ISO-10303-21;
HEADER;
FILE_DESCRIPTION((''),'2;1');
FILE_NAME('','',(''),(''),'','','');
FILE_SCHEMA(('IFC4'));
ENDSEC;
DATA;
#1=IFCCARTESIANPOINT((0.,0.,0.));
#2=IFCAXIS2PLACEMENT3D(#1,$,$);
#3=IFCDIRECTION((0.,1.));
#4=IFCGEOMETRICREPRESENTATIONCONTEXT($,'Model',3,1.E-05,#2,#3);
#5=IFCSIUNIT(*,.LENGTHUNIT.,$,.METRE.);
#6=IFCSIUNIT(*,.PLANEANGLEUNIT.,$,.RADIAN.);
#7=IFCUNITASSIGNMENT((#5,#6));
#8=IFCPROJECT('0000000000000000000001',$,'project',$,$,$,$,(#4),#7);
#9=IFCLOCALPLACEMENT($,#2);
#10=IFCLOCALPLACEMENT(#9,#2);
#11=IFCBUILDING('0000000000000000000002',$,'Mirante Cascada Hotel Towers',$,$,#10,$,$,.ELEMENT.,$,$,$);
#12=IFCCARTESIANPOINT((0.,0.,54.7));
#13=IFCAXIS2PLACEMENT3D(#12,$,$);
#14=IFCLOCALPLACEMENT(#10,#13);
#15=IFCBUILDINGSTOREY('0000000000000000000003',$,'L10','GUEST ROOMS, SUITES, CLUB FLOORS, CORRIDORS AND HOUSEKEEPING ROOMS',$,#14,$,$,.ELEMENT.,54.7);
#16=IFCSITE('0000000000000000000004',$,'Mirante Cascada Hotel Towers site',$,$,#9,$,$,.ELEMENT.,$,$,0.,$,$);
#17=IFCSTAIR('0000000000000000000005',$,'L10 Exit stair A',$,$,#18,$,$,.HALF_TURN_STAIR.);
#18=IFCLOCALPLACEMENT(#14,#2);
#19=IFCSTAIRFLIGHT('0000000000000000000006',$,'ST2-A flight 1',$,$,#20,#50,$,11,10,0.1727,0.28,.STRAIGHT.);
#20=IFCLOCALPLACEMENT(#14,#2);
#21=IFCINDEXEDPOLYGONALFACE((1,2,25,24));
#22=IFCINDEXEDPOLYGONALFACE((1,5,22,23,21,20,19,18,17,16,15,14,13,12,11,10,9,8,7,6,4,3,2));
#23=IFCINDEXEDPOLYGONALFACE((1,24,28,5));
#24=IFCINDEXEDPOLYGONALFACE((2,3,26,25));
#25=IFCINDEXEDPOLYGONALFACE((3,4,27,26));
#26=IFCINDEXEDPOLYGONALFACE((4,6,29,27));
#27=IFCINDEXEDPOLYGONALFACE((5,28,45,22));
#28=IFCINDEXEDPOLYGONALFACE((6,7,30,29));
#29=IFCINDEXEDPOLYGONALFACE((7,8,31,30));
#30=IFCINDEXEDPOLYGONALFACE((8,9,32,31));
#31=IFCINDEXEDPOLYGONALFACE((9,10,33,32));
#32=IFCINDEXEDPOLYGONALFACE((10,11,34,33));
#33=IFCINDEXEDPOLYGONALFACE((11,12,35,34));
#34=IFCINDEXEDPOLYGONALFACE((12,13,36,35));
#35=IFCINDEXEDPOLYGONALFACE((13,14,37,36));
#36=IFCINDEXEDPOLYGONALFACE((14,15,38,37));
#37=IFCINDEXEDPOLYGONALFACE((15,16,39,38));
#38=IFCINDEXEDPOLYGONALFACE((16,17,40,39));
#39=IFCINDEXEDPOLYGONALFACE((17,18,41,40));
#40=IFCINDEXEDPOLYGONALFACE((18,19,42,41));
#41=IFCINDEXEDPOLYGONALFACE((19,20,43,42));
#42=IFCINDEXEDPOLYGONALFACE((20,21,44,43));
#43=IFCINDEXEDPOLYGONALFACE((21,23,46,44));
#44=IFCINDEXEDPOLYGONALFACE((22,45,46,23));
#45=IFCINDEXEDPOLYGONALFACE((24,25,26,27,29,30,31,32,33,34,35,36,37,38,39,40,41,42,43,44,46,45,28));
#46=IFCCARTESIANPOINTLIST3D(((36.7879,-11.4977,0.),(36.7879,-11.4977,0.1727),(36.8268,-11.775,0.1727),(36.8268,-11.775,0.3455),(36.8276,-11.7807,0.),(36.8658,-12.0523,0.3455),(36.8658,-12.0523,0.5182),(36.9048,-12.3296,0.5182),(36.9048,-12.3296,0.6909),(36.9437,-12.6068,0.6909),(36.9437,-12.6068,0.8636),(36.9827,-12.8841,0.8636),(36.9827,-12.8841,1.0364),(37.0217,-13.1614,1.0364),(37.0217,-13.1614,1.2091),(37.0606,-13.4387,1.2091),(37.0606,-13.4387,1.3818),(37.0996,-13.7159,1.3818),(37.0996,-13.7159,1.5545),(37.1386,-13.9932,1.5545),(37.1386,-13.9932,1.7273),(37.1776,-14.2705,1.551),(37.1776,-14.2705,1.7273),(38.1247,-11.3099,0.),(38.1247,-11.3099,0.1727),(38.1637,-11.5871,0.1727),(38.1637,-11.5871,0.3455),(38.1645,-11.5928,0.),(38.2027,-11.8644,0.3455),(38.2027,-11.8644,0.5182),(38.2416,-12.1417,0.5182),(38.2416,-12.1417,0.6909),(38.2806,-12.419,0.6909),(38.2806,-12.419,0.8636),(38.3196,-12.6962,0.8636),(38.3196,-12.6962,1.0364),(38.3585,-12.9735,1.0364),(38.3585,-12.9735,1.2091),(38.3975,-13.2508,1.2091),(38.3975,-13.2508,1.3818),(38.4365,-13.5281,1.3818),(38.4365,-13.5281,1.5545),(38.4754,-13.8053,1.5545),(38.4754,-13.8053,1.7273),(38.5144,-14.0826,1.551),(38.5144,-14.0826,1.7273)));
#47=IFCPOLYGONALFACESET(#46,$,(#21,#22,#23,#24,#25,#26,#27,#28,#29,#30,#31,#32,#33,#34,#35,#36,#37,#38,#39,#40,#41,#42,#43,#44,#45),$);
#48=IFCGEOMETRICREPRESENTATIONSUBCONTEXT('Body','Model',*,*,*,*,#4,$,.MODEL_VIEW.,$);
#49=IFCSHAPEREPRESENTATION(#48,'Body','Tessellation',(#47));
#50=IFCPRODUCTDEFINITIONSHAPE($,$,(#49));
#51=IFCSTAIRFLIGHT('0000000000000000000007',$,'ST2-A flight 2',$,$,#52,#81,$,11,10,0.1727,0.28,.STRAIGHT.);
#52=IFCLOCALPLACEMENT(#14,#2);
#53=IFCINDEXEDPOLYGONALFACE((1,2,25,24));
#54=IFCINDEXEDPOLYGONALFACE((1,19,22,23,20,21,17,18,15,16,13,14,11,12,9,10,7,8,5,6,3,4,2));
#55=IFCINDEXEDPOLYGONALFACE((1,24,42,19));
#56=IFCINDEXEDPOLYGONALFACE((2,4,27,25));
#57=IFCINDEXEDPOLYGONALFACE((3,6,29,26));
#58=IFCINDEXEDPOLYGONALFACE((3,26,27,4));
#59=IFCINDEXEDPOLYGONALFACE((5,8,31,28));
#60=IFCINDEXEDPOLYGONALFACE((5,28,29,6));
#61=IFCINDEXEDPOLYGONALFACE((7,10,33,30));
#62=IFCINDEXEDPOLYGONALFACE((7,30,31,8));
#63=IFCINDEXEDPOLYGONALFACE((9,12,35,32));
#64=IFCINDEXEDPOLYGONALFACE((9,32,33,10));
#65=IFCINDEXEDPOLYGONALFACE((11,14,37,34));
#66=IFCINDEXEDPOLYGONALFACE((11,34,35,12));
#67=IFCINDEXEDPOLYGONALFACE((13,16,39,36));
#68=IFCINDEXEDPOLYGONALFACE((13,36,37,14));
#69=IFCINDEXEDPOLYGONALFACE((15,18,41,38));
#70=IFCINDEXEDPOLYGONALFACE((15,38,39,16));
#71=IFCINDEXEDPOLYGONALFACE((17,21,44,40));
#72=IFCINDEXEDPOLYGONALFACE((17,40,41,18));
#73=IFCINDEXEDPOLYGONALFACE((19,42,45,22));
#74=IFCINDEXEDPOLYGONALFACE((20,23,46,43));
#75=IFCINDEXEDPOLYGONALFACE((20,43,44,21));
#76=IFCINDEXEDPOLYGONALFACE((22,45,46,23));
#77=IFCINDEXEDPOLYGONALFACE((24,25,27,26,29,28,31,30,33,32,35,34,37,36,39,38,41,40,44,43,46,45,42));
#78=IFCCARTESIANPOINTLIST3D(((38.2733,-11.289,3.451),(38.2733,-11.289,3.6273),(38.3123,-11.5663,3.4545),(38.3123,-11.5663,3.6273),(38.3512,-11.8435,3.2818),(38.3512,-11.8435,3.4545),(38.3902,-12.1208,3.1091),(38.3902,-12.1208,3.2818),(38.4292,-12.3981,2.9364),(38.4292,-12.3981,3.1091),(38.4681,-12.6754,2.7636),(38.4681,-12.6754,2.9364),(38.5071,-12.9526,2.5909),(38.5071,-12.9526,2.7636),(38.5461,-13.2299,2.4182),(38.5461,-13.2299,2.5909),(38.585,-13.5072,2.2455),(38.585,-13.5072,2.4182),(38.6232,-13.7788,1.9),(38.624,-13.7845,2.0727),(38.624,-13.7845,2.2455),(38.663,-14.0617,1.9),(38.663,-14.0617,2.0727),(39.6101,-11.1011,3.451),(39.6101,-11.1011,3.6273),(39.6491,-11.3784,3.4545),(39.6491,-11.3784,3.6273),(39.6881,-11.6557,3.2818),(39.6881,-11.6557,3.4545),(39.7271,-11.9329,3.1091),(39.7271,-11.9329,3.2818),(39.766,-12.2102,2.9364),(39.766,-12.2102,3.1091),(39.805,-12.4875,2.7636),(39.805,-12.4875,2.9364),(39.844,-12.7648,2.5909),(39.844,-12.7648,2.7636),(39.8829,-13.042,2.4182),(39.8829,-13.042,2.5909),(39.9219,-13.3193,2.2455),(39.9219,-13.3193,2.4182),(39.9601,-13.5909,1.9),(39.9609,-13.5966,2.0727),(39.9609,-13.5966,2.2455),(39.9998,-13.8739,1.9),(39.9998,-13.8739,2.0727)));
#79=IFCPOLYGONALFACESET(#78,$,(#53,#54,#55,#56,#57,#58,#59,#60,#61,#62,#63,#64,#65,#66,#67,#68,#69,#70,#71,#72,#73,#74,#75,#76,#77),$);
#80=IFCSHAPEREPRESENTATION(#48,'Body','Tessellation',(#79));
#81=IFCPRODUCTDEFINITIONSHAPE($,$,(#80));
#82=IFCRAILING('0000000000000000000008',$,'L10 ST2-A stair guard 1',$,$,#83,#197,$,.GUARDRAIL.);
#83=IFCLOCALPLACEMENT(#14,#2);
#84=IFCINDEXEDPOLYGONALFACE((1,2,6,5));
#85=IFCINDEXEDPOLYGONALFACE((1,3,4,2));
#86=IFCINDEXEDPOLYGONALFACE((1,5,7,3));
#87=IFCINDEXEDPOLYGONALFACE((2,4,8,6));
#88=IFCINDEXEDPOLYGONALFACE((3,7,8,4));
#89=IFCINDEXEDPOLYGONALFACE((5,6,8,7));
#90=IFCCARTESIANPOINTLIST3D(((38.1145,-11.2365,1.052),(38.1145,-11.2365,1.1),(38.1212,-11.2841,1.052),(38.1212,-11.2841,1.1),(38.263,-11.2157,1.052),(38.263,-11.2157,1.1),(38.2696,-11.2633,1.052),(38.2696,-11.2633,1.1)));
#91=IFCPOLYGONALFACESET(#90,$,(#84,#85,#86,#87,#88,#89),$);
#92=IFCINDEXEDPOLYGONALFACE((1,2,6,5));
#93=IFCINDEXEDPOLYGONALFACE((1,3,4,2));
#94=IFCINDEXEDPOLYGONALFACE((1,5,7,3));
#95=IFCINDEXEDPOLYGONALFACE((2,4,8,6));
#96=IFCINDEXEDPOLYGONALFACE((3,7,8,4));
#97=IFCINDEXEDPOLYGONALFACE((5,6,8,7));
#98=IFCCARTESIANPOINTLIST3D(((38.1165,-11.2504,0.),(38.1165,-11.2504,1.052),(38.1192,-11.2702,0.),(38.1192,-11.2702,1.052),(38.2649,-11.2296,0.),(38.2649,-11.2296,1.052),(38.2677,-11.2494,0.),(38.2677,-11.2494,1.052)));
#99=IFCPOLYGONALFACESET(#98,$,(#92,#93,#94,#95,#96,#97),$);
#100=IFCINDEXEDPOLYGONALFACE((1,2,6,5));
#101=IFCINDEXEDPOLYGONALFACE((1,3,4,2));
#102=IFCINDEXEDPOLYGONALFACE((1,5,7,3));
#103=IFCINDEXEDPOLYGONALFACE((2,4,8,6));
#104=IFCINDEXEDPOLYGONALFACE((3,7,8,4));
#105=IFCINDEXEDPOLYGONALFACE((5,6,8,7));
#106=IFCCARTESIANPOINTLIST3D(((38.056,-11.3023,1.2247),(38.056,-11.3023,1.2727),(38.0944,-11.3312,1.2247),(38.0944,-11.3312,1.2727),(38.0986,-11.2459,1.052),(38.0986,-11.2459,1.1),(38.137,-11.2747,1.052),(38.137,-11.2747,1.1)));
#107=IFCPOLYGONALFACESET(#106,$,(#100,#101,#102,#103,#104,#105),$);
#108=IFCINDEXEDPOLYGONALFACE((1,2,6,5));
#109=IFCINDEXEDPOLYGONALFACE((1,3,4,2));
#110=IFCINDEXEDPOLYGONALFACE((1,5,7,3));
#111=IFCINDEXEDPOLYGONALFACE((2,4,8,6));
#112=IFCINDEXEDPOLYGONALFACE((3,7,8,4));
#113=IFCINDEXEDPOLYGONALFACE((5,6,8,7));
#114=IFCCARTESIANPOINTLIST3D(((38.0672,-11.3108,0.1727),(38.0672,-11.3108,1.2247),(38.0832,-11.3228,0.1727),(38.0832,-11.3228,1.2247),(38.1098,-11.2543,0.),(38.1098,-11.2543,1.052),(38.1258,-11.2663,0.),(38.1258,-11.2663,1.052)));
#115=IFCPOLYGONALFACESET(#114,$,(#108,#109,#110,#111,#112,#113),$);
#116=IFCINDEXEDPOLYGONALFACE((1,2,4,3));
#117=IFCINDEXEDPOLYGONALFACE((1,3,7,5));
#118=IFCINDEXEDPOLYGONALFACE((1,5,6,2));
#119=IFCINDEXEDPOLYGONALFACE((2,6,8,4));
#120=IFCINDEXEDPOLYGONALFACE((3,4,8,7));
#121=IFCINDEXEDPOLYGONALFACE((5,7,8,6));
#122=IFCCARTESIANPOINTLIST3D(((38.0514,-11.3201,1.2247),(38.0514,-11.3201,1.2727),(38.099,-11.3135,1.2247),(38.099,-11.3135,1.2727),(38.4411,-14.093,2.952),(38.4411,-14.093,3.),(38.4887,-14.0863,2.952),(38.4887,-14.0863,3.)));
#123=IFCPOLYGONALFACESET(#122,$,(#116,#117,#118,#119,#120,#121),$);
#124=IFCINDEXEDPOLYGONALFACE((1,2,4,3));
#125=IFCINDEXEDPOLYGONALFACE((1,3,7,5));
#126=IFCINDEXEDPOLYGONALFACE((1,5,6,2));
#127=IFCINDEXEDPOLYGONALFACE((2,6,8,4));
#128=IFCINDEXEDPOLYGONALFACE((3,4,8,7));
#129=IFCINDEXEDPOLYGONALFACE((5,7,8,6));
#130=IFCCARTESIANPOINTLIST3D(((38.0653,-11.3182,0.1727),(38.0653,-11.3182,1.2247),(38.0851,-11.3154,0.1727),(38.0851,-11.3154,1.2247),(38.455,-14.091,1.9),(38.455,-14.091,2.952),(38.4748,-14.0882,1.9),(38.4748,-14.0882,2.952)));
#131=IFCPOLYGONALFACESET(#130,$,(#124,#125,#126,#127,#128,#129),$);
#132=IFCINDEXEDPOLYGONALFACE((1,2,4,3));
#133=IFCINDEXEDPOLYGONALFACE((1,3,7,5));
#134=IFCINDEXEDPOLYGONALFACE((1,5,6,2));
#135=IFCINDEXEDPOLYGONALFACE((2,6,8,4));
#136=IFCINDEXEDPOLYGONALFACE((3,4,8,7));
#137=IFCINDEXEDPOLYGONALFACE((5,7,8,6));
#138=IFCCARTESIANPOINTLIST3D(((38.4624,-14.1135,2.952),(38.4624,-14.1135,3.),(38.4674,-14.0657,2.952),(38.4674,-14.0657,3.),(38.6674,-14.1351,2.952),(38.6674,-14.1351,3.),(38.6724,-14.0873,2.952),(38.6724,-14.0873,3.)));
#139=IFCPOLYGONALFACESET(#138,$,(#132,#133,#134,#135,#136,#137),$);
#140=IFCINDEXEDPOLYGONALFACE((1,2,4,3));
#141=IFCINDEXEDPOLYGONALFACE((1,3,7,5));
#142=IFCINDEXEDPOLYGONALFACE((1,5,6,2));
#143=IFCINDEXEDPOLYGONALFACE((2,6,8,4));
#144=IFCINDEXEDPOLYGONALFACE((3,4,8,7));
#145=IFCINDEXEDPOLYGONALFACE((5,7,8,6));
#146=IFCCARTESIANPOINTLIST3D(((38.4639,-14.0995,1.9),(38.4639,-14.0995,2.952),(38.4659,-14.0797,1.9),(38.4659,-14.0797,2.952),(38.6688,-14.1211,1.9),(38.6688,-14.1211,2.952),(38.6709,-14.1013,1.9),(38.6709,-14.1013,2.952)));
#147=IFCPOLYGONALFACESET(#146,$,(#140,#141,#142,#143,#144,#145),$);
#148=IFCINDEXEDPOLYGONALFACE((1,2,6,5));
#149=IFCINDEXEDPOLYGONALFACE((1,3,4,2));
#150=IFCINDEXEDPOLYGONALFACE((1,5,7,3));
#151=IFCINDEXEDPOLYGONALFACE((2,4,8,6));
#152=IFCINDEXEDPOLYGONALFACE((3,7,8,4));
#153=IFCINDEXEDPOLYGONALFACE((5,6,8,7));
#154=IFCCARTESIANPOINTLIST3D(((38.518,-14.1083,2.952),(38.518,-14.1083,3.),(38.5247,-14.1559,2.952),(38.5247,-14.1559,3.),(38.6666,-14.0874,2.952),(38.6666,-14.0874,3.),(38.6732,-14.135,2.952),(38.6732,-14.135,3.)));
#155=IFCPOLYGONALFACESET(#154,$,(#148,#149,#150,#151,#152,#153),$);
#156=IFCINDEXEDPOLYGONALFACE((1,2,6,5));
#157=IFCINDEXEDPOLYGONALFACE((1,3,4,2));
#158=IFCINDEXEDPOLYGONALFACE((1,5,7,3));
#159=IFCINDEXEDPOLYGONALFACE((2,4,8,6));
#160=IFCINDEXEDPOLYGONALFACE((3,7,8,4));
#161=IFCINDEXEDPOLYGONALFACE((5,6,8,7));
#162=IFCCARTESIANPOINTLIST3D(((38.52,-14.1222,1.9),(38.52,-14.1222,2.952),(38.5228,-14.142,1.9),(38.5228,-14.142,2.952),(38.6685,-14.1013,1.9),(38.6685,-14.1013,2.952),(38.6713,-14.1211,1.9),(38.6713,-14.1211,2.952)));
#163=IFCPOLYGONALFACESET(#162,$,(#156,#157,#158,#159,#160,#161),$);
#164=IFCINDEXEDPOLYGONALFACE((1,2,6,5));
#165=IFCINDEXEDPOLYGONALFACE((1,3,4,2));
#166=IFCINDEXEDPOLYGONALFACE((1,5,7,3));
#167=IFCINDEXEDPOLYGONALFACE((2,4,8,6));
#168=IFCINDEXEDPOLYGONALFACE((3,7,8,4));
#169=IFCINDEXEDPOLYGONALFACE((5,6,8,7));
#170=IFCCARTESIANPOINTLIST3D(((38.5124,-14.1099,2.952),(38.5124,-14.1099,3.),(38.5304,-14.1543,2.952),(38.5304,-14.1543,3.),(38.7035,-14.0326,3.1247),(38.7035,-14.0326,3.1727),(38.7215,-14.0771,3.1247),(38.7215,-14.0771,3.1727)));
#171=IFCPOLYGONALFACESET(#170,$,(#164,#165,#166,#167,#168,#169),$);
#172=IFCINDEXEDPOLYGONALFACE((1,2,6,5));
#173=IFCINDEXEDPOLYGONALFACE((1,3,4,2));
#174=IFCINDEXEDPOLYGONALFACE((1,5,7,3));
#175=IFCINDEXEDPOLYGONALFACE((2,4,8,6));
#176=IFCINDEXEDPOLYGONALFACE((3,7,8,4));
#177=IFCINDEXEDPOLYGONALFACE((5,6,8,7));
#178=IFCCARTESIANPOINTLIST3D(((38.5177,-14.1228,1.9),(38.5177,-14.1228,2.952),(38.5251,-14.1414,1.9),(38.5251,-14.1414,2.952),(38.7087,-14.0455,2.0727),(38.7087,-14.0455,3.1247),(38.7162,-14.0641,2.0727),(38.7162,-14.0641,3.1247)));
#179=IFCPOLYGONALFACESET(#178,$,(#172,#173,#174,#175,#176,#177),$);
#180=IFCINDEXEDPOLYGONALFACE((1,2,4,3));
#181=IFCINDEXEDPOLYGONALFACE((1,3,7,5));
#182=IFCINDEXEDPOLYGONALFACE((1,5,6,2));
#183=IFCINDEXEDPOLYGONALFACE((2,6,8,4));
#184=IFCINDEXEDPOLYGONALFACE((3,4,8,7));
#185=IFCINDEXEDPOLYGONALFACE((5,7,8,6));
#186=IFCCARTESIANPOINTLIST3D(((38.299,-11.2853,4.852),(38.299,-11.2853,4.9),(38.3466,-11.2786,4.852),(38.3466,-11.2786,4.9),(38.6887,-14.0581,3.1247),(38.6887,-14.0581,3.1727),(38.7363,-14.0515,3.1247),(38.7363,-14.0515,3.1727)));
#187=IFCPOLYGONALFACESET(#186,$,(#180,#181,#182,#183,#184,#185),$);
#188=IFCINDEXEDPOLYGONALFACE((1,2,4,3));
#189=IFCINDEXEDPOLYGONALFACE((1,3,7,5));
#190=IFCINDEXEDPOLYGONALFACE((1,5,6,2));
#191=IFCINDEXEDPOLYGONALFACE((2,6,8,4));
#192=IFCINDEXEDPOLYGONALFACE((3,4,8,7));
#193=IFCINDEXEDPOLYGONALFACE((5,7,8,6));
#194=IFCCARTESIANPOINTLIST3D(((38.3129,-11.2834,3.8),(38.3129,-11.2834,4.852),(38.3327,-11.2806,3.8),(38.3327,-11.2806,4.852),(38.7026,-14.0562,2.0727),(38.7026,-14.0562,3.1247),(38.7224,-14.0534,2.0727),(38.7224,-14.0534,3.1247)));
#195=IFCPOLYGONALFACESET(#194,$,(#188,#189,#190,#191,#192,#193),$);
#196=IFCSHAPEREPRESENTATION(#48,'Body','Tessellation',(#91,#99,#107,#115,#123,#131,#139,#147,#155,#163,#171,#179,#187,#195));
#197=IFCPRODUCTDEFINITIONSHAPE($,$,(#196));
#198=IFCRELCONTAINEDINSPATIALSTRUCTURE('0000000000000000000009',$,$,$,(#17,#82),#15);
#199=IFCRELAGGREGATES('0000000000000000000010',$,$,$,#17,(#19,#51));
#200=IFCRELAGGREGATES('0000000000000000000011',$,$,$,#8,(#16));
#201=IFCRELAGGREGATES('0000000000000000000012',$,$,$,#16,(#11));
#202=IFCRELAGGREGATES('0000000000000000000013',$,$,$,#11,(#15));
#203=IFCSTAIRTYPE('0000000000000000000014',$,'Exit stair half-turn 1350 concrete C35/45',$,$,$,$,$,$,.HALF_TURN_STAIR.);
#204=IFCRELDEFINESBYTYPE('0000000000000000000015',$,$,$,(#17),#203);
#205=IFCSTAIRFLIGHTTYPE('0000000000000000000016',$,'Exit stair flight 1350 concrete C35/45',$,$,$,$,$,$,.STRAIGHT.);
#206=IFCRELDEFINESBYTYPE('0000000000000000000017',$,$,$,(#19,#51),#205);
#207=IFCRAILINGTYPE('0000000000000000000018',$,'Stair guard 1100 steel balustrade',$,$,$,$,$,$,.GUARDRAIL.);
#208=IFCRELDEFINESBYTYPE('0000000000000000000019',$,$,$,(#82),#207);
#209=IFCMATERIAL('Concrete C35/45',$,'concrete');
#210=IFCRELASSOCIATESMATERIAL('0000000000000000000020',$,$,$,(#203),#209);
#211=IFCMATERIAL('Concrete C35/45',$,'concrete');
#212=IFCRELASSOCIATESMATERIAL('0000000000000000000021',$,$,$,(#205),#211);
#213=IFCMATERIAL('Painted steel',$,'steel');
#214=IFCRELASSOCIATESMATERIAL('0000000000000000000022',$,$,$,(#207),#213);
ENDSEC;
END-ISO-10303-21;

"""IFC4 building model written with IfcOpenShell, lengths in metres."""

from ifc_helpers import new_model, si_unit, direction, frame, origin, origin_2d, place, context, subcontext, project, spatial, polyline, rectangle, outline, extrude, material, type_object, element, aggregate, save


model = new_model("IFC4")

# Units and contexts
model_context = context("Model", 3, precision=1e-05, world=origin(), true_north=direction((0.0, 1.0)))
body_context = subcontext(model_context, "Body", "Model", "MODEL_VIEW")
ifc_project = project(units=[si_unit("LENGTHUNIT", "METRE"), si_unit("PLANEANGLEUNIT", "RADIAN")], contexts=[model_context])

# Site, building, storey
site_placement = place(None, origin())
site = spatial("IfcSite", under=ifc_project, at=site_placement, Name="Mirante Cascada Hotel Towers site", CompositionType="ELEMENT", RefElevation=0.0)
building_placement = place(site_placement, origin())
building = spatial("IfcBuilding", under=site, at=building_placement, Name="Mirante Cascada Hotel Towers", CompositionType="ELEMENT")
storey_placement = place(building_placement, frame((0.0, 0.0, 54.7)))
storey = spatial("IfcBuildingStorey", under=building, at=storey_placement, Name="L10", Description="GUEST ROOMS, SUITES, CLUB FLOORS, CORRIDORS AND HOUSEKEEPING ROOMS", CompositionType="ELEMENT", Elevation=54.7)

# Stair, stair flights
ifc_material_1 = material(Name="Concrete C35/45", Category="concrete")
stair_type = type_object("IfcStairType", Name="Exit stair half-turn 1350 concrete C35/45", PredefinedType="HALF_TURN_STAIR", material=ifc_material_1)
stair_placement = place(storey_placement, origin())
stair = element("IfcStair", 1, at=stair_placement, inside=storey, type_object=stair_type, Name="L10 Exit stair A", PredefinedType="HALF_TURN_STAIR")
ifc_material_2 = material(Name="Concrete C35/45", Category="concrete")
stair_flight_type = type_object("IfcStairFlightType", Name="Exit stair flight 1350 concrete C35/45", PredefinedType="STRAIGHT", material=ifc_material_2)
stair_flight_1_placement = place(storey_placement, frame((37.4563, -11.4038, 0.0), z_axis=(0.0, 0.0, 1.0), x_axis=(0.139173, -0.990268, 0.0)))
stair_flight_1 = element("IfcStairFlight", 2, at=stair_flight_1_placement, type_object=stair_flight_type, Name="ST2-A flight 1", NumberOfRisers=11, NumberOfTreads=10, PredefinedType="STRAIGHT", RiserHeight=0.1727, TreadLength=0.28, context=body_context, shape_type="SweptSolid", body=[
    extrude(outline(polyline([(0.0, 0.0), (0.0, 0.1727), (0.28, 0.1727), (0.28, 0.3455), (0.56, 0.3455), (0.56, 0.5182), (0.84, 0.5182), (0.84, 0.6909), (1.12, 0.6909), (1.12, 0.8636), (1.4, 0.8636), (1.4, 1.0364), (1.68, 1.0364), (1.68, 1.2091), (1.96, 1.2091), (1.96, 1.3818), (2.24, 1.3818), (2.24, 1.5545), (2.52, 1.5545), (2.52, 1.7273), (2.8, 1.7273), (2.8, 1.9), (2.8, 1.551), (0.2857, 0.0), (0.0, 0.0)])), frame((0.0, 0.675, 0.0), z_axis=(0.0, -1.0, 0.0), x_axis=(1.0, 0.0, 0.0)), (0.0, 0.0, 1.0), 1.35),
])
stair_flight_2_placement = place(storey_placement, frame((39.3314, -13.9678, 1.9), z_axis=(0.0, 0.0, 1.0), x_axis=(-0.139173, 0.990268, 0.0)))
stair_flight_2 = element("IfcStairFlight", 3, at=stair_flight_2_placement, type_object=stair_flight_type, Name="ST2-A flight 2", NumberOfRisers=11, NumberOfTreads=10, PredefinedType="STRAIGHT", RiserHeight=0.1727, TreadLength=0.28, context=body_context, shape_type="SweptSolid", body=[
    extrude(outline(polyline([(0.0, 0.0), (0.0, 0.1727), (0.28, 0.1727), (0.28, 0.3455), (0.56, 0.3455), (0.56, 0.5182), (0.84, 0.5182), (0.84, 0.6909), (1.12, 0.6909), (1.12, 0.8636), (1.4, 0.8636), (1.4, 1.0364), (1.68, 1.0364), (1.68, 1.2091), (1.96, 1.2091), (1.96, 1.3818), (2.24, 1.3818), (2.24, 1.5545), (2.52, 1.5545), (2.52, 1.7273), (2.8, 1.7273), (2.8, 1.9), (2.8, 1.551), (0.2857, 0.0), (0.0, 0.0)])), frame((0.0, 0.675, 0.0), z_axis=(0.0, -1.0, 0.0), x_axis=(1.0, 0.0, 0.0)), (0.0, 0.0, 1.0), 1.35),
])
aggregate(stair, [stair_flight_1, stair_flight_2])

# Railing
ifc_material_3 = material(Name="Painted steel", Category="steel")
railing_type = type_object("IfcRailingType", Name="Stair guard 1100 steel balustrade", PredefinedType="GUARDRAIL", material=ifc_material_3)
railing_placement = place(storey_placement, frame((38.2663, -11.2395, 0.0)))
element("IfcRailing", 4, at=railing_placement, inside=storey, type_object=railing_type, Name="L10 ST2-A stair guard 1", PredefinedType="GUARDRAIL", context=body_context, shape_type="SweptSolid", body=[
    extrude(rectangle(XDim=0.048, YDim=0.048, at=origin_2d()), frame((0.0, 0.0, 1.076), z_axis=(-0.990333, -0.138713, 0.0), x_axis=(0.138713, -0.990333, 0.0)), (0.0, 0.0, 1.0), 0.1499),
    extrude(rectangle(XDim=0.02, YDim=1.052, at=origin_2d()), frame((0.0, 0.0, 0.526), z_axis=(-0.990333, -0.138713, 0.0), x_axis=(0.138713, -0.990333, 0.0)), (0.0, 0.0, 1.0), 0.1499),
    extrude(rectangle(XDim=0.048, YDim=0.048, at=origin_2d()), frame((-0.1485, -0.0208, 1.076), z_axis=(-0.602033, -0.798471, 0.0), x_axis=(0.798471, -0.602033, 0.0)), (0.0, 0.92534, 0.379139), 0.1866),
    extrude(rectangle(XDim=0.02, YDim=1.052, at=origin_2d()), frame((-0.1485, -0.0208, 0.526), z_axis=(-0.602033, -0.798471, 0.0), x_axis=(0.798471, -0.602033, 0.0)), (0.0, 0.92534, 0.379139), 0.1866),
    extrude(rectangle(XDim=0.048, YDim=0.048, at=origin_2d()), frame((-0.1911, -0.0773, 1.2487), z_axis=(0.139176, -0.990268, 0.0), x_axis=(0.990268, 0.139176, 0.0)), (0.0, 0.525021, 0.851089), 3.29),
    extrude(rectangle(XDim=0.02, YDim=1.052, at=origin_2d()), frame((-0.1911, -0.0773, 0.6987), z_axis=(0.139176, -0.990268, 0.0), x_axis=(0.990268, 0.139176, 0.0)), (0.0, 0.525021, 0.851089), 3.29),
    extrude(rectangle(XDim=0.048, YDim=0.048, at=origin_2d()), frame((0.1986, -2.8501, 2.976), z_axis=(0.994495, -0.104786, 0.0), x_axis=(0.104786, 0.994495, 0.0)), (0.0, 0.0, 1.0), 0.2061),
    extrude(rectangle(XDim=0.02, YDim=1.052, at=origin_2d()), frame((0.1986, -2.8501, 2.426), z_axis=(0.994495, -0.104786, 0.0), x_axis=(0.104786, 0.994495, 0.0)), (0.0, 0.0, 1.0), 0.2061),
    extrude(rectangle(XDim=0.048, YDim=0.048, at=origin_2d()), frame((0.4036, -2.8717, 2.976), z_axis=(-0.990241, -0.139367, 0.0), x_axis=(0.139367, -0.990241, 0.0)), (0.0, 0.0, 1.0), 0.15),
    extrude(rectangle(XDim=0.02, YDim=1.052, at=origin_2d()), frame((0.4036, -2.8717, 2.426), z_axis=(-0.990241, -0.139367, 0.0), x_axis=(0.139367, -0.990241, 0.0)), (0.0, 0.0, 1.0), 0.15),
    extrude(rectangle(XDim=0.048, YDim=0.048, at=origin_2d()), frame((0.2551, -2.8926, 2.976), z_axis=(0.927031, 0.374984, 0.0), x_axis=(-0.374984, 0.927031, 0.0)), (0.0, 0.64219, 0.766545), 0.2689),
    extrude(rectangle(XDim=0.02, YDim=1.052, at=origin_2d()), frame((0.2551, -2.8926, 2.426), z_axis=(0.927031, 0.374984, 0.0), x_axis=(-0.374984, 0.927031, 0.0)), (0.0, 0.64219, 0.766545), 0.2689),
    extrude(rectangle(XDim=0.048, YDim=0.048, at=origin_2d()), frame((0.4462, -2.8153, 3.1487), z_axis=(-0.139176, 0.990268, 0.0), x_axis=(-0.990268, -0.139176, 0.0)), (0.0, 0.525021, 0.851089), 3.29),
    extrude(rectangle(XDim=0.02, YDim=1.052, at=origin_2d()), frame((0.4462, -2.8153, 2.5987), z_axis=(-0.139176, 0.990268, 0.0), x_axis=(-0.990268, -0.139176, 0.0)), (0.0, 0.525021, 0.851089), 3.29),
])

save(model, "model.ifc")
